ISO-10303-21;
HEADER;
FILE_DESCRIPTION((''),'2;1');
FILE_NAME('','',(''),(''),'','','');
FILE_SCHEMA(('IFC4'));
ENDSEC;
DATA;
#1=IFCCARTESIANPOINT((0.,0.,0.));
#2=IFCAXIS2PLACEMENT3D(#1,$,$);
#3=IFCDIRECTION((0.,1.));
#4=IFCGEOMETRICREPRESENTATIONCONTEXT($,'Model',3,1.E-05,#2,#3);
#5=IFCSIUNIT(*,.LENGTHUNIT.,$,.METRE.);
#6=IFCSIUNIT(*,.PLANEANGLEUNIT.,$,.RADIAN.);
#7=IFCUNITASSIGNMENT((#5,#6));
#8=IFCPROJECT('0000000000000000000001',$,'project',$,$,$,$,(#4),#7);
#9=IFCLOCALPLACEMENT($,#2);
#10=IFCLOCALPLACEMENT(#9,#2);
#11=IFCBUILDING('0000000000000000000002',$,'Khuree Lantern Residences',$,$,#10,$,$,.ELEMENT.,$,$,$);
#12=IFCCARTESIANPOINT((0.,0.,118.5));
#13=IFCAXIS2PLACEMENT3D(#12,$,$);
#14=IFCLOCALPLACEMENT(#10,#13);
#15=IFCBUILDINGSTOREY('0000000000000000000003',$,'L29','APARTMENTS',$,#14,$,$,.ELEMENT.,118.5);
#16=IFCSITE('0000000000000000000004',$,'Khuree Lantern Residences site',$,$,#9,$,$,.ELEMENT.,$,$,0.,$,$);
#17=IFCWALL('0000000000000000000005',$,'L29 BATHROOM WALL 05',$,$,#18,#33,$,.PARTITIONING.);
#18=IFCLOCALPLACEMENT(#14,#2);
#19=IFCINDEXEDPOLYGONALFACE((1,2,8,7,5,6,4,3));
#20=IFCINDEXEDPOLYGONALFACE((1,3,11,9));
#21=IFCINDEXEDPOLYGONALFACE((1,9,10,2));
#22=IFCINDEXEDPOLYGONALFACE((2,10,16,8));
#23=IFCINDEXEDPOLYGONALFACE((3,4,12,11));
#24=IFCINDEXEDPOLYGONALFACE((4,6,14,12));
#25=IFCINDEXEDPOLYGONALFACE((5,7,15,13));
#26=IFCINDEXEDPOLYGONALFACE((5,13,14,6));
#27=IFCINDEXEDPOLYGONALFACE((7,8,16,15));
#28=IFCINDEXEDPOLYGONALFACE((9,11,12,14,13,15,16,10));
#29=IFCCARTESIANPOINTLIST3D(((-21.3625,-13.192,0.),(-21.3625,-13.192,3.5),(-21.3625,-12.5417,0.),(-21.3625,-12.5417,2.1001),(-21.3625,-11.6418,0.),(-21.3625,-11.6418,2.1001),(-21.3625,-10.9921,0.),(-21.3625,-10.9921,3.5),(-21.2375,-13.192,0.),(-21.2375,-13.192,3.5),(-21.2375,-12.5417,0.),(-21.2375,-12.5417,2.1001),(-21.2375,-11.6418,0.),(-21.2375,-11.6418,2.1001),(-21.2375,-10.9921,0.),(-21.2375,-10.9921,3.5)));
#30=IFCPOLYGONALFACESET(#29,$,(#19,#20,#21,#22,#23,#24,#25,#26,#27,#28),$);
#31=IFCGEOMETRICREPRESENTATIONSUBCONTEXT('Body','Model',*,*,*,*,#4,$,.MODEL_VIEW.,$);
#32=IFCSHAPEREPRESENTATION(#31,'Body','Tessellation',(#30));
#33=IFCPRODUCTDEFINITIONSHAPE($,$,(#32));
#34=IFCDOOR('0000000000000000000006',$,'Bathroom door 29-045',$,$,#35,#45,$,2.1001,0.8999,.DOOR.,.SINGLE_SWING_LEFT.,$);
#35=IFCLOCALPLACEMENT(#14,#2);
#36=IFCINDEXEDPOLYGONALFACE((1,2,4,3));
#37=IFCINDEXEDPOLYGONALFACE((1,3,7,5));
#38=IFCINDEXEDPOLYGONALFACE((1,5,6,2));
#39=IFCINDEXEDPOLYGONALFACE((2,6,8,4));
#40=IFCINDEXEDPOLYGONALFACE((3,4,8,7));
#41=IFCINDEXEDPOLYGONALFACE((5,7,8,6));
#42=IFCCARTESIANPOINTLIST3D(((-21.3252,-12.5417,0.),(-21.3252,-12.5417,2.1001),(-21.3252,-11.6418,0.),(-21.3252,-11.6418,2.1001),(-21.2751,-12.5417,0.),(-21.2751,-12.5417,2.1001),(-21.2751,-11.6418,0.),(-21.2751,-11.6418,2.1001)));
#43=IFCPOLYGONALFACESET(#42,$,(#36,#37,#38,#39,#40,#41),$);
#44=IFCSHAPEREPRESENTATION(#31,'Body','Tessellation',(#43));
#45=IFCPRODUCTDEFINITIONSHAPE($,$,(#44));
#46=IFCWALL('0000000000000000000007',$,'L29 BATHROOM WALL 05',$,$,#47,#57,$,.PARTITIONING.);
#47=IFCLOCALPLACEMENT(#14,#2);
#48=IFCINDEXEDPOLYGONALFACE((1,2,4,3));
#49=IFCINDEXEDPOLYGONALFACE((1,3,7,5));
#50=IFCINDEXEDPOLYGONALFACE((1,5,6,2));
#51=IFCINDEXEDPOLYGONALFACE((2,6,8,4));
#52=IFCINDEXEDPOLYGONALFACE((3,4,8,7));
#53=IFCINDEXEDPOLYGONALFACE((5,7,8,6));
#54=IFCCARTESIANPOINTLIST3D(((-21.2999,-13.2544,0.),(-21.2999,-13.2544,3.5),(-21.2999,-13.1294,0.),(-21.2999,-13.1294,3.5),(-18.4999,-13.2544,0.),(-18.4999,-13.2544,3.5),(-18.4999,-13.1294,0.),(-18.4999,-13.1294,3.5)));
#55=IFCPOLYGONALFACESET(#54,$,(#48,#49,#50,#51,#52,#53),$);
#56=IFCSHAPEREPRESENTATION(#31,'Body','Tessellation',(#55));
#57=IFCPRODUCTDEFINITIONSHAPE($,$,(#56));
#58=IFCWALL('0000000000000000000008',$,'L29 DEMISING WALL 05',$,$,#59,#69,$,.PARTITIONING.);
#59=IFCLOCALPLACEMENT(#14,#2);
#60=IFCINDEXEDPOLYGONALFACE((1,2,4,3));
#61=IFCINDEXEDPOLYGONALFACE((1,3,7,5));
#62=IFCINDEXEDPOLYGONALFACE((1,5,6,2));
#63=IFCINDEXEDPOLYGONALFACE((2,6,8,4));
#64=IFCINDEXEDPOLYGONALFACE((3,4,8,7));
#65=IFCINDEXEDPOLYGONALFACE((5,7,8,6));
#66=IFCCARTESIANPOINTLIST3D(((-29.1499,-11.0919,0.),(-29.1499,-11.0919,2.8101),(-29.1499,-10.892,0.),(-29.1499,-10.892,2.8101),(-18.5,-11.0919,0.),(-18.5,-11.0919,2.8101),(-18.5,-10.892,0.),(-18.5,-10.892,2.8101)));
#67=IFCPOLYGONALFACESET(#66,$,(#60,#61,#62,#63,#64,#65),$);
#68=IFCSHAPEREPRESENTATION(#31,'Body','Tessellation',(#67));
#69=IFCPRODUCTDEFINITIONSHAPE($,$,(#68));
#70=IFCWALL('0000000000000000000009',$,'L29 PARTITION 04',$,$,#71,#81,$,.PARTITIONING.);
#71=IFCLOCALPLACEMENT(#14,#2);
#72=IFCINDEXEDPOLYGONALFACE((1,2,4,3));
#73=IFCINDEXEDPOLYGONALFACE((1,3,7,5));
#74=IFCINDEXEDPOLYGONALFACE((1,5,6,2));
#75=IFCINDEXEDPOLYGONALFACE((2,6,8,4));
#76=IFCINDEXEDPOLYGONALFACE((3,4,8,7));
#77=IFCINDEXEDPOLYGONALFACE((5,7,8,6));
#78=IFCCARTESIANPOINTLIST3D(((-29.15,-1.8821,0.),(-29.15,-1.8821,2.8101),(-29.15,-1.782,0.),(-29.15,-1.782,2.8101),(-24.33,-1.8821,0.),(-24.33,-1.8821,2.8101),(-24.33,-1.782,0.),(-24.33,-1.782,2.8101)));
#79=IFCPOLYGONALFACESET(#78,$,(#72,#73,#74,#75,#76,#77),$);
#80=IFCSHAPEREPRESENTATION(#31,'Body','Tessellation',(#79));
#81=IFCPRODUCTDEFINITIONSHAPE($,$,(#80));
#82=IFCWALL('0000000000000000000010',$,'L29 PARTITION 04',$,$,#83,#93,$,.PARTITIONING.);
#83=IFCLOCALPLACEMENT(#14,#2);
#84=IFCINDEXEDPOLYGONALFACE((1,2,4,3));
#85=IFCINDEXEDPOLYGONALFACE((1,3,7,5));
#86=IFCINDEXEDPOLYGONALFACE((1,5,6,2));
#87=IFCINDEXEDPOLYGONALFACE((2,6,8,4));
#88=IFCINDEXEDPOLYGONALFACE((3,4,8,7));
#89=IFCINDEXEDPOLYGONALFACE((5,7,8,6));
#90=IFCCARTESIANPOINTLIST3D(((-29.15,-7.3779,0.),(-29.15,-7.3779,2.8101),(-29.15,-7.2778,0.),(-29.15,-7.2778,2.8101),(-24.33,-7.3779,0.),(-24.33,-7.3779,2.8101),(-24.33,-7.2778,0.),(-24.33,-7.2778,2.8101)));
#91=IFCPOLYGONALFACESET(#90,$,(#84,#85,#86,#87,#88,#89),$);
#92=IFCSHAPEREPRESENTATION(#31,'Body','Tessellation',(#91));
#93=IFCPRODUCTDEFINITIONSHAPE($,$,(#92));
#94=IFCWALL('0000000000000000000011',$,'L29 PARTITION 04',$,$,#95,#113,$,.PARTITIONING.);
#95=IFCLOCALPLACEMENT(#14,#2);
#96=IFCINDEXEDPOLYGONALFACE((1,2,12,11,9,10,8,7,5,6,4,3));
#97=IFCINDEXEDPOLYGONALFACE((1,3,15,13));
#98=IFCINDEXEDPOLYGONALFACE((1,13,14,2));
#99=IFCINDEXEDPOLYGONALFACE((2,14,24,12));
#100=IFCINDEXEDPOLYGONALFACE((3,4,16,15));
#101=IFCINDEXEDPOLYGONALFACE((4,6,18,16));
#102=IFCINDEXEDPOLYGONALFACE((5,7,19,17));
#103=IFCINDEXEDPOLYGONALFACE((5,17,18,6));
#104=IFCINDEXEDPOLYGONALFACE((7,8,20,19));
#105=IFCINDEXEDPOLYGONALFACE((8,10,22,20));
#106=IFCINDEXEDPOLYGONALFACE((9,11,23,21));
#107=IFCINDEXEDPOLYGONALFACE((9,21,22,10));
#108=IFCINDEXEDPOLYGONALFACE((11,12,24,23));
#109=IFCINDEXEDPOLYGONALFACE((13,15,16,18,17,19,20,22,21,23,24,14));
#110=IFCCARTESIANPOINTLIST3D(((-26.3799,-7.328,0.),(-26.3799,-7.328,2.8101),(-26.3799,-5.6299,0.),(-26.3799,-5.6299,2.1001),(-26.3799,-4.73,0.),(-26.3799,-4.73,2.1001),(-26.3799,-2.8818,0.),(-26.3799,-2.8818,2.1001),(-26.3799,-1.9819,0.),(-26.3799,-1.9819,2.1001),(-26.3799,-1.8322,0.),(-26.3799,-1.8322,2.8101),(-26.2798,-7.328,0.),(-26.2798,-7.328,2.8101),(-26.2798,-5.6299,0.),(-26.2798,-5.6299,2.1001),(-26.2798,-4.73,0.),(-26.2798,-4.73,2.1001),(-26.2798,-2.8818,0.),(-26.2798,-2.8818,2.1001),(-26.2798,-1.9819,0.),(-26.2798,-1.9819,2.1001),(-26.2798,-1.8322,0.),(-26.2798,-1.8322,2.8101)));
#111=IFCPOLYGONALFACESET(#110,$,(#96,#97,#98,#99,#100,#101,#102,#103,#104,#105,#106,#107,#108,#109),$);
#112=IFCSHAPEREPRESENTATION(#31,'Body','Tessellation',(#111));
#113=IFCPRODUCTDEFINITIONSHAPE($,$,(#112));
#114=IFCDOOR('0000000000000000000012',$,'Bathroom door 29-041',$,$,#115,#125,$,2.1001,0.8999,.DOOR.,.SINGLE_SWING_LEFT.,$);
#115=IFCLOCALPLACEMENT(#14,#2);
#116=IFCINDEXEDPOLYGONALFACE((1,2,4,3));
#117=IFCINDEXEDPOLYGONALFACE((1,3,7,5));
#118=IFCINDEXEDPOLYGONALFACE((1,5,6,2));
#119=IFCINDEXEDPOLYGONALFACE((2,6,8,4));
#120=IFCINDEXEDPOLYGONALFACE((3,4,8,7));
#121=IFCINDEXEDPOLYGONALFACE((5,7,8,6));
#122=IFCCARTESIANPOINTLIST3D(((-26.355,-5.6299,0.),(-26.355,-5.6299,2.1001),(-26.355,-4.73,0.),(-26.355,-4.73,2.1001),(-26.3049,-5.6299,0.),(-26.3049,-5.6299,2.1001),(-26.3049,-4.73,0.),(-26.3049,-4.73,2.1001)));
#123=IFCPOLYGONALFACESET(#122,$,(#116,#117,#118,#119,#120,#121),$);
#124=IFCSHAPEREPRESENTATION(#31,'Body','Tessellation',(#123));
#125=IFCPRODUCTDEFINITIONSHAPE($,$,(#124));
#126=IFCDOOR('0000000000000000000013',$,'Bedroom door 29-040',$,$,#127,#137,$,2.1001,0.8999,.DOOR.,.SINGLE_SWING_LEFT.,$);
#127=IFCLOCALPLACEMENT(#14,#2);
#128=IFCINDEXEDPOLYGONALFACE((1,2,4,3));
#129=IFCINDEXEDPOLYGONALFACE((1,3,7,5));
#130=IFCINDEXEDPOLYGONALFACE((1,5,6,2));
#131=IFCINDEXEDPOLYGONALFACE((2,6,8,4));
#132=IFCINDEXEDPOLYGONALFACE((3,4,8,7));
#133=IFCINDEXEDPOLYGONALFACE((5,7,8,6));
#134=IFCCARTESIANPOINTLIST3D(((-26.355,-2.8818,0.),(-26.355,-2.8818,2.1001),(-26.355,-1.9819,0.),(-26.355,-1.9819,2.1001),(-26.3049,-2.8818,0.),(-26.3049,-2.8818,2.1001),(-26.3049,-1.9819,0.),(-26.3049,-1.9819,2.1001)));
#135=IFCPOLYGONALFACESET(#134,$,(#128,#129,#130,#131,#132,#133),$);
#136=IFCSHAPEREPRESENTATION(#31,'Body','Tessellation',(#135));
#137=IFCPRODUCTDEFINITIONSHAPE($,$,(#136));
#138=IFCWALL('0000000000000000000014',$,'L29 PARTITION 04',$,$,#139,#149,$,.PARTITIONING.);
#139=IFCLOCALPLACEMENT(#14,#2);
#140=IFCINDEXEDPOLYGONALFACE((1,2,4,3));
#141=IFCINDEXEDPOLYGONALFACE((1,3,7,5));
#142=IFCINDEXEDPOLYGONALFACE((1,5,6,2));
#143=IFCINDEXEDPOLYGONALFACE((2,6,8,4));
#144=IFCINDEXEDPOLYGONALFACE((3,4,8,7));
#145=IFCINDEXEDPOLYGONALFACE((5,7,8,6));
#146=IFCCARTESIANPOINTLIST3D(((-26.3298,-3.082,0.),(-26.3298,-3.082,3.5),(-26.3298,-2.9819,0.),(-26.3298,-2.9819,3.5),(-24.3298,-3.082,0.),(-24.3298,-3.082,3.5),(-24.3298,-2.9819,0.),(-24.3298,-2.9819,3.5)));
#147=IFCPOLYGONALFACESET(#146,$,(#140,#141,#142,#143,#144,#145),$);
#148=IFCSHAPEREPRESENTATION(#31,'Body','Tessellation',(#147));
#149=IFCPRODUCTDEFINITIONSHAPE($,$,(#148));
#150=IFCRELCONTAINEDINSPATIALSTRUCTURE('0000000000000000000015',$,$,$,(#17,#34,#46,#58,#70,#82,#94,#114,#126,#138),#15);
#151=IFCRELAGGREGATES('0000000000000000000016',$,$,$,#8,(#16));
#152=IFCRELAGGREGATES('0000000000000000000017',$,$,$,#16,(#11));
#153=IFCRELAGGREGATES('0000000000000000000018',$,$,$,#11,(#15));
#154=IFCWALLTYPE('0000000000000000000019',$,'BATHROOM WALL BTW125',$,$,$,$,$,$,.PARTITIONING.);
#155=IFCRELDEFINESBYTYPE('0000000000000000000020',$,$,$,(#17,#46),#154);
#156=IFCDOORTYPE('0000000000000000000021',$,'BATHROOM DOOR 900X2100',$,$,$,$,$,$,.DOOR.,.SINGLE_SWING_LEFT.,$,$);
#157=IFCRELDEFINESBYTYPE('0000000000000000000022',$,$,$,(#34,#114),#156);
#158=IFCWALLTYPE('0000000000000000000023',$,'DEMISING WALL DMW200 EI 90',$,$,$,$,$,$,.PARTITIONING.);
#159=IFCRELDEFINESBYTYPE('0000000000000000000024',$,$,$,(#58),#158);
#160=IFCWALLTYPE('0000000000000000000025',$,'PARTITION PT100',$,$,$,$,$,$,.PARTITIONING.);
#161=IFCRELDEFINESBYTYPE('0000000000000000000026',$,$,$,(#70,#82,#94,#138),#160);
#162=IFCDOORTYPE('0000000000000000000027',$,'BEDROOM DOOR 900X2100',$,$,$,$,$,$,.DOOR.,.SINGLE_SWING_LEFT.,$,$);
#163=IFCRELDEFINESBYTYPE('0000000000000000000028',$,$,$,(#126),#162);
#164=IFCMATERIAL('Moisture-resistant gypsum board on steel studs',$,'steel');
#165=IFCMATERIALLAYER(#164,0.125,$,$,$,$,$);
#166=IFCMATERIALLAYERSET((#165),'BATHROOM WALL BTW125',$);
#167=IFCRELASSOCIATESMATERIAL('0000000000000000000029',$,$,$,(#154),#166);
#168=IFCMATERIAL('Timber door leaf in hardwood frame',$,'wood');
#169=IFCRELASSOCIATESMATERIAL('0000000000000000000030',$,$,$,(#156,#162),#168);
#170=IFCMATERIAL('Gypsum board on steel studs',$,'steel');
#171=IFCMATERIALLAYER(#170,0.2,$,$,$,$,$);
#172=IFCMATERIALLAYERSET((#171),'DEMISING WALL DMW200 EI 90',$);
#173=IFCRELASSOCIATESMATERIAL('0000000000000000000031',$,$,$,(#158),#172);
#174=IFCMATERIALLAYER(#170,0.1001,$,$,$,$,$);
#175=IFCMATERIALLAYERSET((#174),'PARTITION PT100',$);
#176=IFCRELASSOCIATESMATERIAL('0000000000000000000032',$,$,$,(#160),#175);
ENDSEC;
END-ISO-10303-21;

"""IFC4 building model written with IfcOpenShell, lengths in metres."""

from ifc_helpers import new_model, si_unit, direction, frame, frame_2d, origin, place, context, subcontext, project, spatial, rectangle, extrude, material, layer, layer_set, type_object, element, fill, save


model = new_model("IFC4")

# Units and contexts
model_context = context("Model", 3, precision=1e-05, world=origin(), true_north=direction((0.0, 1.0)))
body_context = subcontext(model_context, "Body", "Model", "MODEL_VIEW")
ifc_project = project(units=[si_unit("LENGTHUNIT", "METRE"), si_unit("PLANEANGLEUNIT", "RADIAN")], contexts=[model_context])

# Site, building, storey
site_placement = place(None, origin())
site = spatial("IfcSite", under=ifc_project, at=site_placement, Name="Khuree Lantern Residences site", CompositionType="ELEMENT", RefElevation=0.0)
building_placement = place(site_placement, origin())
building = spatial("IfcBuilding", under=site, at=building_placement, Name="Khuree Lantern Residences", CompositionType="ELEMENT")
storey_placement = place(building_placement, frame((0.0, 0.0, 118.5)))
storey = spatial("IfcBuildingStorey", under=building, at=storey_placement, Name="L29", Description="APARTMENTS", CompositionType="ELEMENT", Elevation=118.5)

# Shared definitions
ifc_material_1 = material(Name="Moisture-resistant gypsum board on steel studs", Category="steel")
ifc_layer_1 = layer(ifc_material_1, 0.125)
ifc_layer_set_1 = layer_set([ifc_layer_1], Name="BATHROOM WALL BTW125")
wall_type_1 = type_object("IfcWallType", Name="BATHROOM WALL BTW125", PredefinedType="PARTITIONING", material=ifc_layer_set_1)

# Wall, opening, door
wall_1_placement = place(storey_placement, frame((-21.3, -10.9919, 0.0), z_axis=(0.0, 0.0, 1.0), x_axis=(0.0, -1.0, 0.0)))
wall_1 = element("IfcWall", 1, at=wall_1_placement, inside=storey, type_object=wall_type_1, Name="L29 BATHROOM WALL 05", PredefinedType="PARTITIONING", context=body_context, shape_type="SweptSolid", body=[
    extrude(rectangle(XDim=2.2, YDim=0.125, at=frame_2d((1.1001, 0.0))), origin(), (0.0, 0.0, 1.0), 3.5),
])
opening_1_placement = place(wall_1_placement, frame((0.6499, 0.0, 0.0)))
opening_1 = element("IfcOpeningElement", 2, at=opening_1_placement, cuts=wall_1, PredefinedType="OPENING", context=body_context, shape_type="SweptSolid", body=[
    extrude(rectangle(XDim=0.8999, YDim=2.1001, at=frame_2d((0.45, 1.05))), frame((0.0, 0.0725, 0.0), z_axis=(0.0, -1.0, 0.0), x_axis=(1.0, 0.0, 0.0)), (0.0, 0.0, 1.0), 0.145),
])
ifc_material_2 = material(Name="Timber door leaf in hardwood frame", Category="wood")
door_type_1 = type_object("IfcDoorType", Name="BATHROOM DOOR 900X2100", OperationType="SINGLE_SWING_LEFT", PredefinedType="DOOR", material=ifc_material_2)
door_1_placement = place(opening_1_placement, origin())
door_1 = element("IfcDoor", 3, at=door_1_placement, inside=storey, type_object=door_type_1, Name="Bathroom door 29-045", OperationType="SINGLE_SWING_LEFT", OverallHeight=2.1001, OverallWidth=0.8999, PredefinedType="DOOR", context=body_context, shape_type="SweptSolid", body=[
    extrude(rectangle(XDim=0.8999, YDim=2.1001, at=frame_2d((0.45, 1.05))), frame((0.0, 0.0249, 0.0), z_axis=(0.0, -1.0, 0.0), x_axis=(1.0, 0.0, 0.0)), (0.0, 0.0, 1.0), 0.05),
])
fill(opening_1, door_1)

# Walls
wall_2_placement = place(storey_placement, frame((-18.5, -13.1919, 0.0), z_axis=(0.0, 0.0, 1.0), x_axis=(-1.0, 0.0, 0.0)))
element("IfcWall", 4, at=wall_2_placement, inside=storey, type_object=wall_type_1, Name="L29 BATHROOM WALL 05", PredefinedType="PARTITIONING", context=body_context, shape_type="SweptSolid", body=[
    extrude(rectangle(XDim=2.8, YDim=0.125, at=frame_2d((1.3999, 0.0))), origin(), (0.0, 0.0, 1.0), 3.5),
])
ifc_material_3 = material(Name="Gypsum board on steel studs", Category="steel")
ifc_layer_2 = layer(ifc_material_3, 0.2)
ifc_layer_set_2 = layer_set([ifc_layer_2], Name="DEMISING WALL DMW200 EI 90")
wall_type_2 = type_object("IfcWallType", Name="DEMISING WALL DMW200 EI 90", PredefinedType="PARTITIONING", material=ifc_layer_set_2)
wall_3_placement = place(storey_placement, frame((-18.5, -10.9919, 0.0), z_axis=(0.0, 0.0, 1.0), x_axis=(-1.0, 0.0, 0.0)))
element("IfcWall", 5, at=wall_3_placement, inside=storey, type_object=wall_type_2, Name="L29 DEMISING WALL 05", PredefinedType="PARTITIONING", context=body_context, shape_type="SweptSolid", body=[
    extrude(rectangle(XDim=10.6499, YDim=0.2, at=frame_2d((5.325, 0.0))), origin(), (0.0, 0.0, 1.0), 2.8101),
])
ifc_layer_3 = layer(ifc_material_3, 0.1001)
ifc_layer_set_3 = layer_set([ifc_layer_3], Name="PARTITION PT100")
wall_type_3 = type_object("IfcWallType", Name="PARTITION PT100", PredefinedType="PARTITIONING", material=ifc_layer_set_3)
for number, where, z_axis, x_axis, name in (
    (6, (-24.3298, -1.832, 0.0), (0.0, 0.0, 1.0), (-1.0, 0.0, 0.0), "L29 PARTITION 04"),
    (7, (-24.3298, -7.3279, 0.0), (0.0, 0.0, 1.0), (-1.0, 0.0, 0.0), "L29 PARTITION 04"),
):
    element("IfcWall", number, at=place(storey_placement, frame(where, z_axis=z_axis, x_axis=x_axis)), inside=storey, type_object=wall_type_3, Name=name, PredefinedType="PARTITIONING", context=body_context, shape_type="SweptSolid", body=[
        extrude(rectangle(XDim=4.8201, YDim=0.1001, at=frame_2d((2.4102, 0.0))), origin(), (0.0, 0.0, 1.0), 2.8101),
    ])

# Wall, openings, doors
wall_4_placement = place(storey_placement, frame((-26.3298, -1.832, 0.0), z_axis=(0.0, 0.0, 1.0), x_axis=(0.0, -1.0, 0.0)))
wall_4 = element("IfcWall", 8, at=wall_4_placement, inside=storey, type_object=wall_type_3, Name="L29 PARTITION 04", PredefinedType="PARTITIONING", context=body_context, shape_type="SweptSolid", body=[
    extrude(rectangle(XDim=5.4958, YDim=0.1001, at=frame_2d((2.748, 0.0))), origin(), (0.0, 0.0, 1.0), 2.8101),
])
opening_2_placement = place(wall_4_placement, frame((0.1499, 0.0, 0.0)))
opening_2 = element("IfcOpeningElement", 9, at=opening_2_placement, cuts=wall_4, PredefinedType="OPENING", context=body_context, shape_type="SweptSolid", body=[
    extrude(rectangle(XDim=0.8999, YDim=2.1001, at=frame_2d((0.45, 1.05))), frame((0.0, 0.0601, 0.0), z_axis=(0.0, -1.0, 0.0), x_axis=(1.0, 0.0, 0.0)), (0.0, 0.0, 1.0), 0.1201),
])
opening_3_placement = place(wall_4_placement, frame((2.8979, 0.0, 0.0)))
opening_3 = element("IfcOpeningElement", 10, at=opening_3_placement, cuts=wall_4, PredefinedType="OPENING", context=body_context, shape_type="SweptSolid", body=[
    extrude(rectangle(XDim=0.8999, YDim=2.1001, at=frame_2d((0.45, 1.05))), frame((0.0, 0.0601, 0.0), z_axis=(0.0, -1.0, 0.0), x_axis=(1.0, 0.0, 0.0)), (0.0, 0.0, 1.0), 0.1201),
])
door_2_placement = place(opening_3_placement, origin())
door_2 = element("IfcDoor", 11, at=door_2_placement, inside=storey, type_object=door_type_1, Name="Bathroom door 29-041", OperationType="SINGLE_SWING_LEFT", OverallHeight=2.1001, OverallWidth=0.8999, PredefinedType="DOOR", context=body_context, shape_type="SweptSolid", body=[
    extrude(rectangle(XDim=0.8999, YDim=2.1001, at=frame_2d((0.45, 1.05))), frame((0.0, 0.0249, 0.0), z_axis=(0.0, -1.0, 0.0), x_axis=(1.0, 0.0, 0.0)), (0.0, 0.0, 1.0), 0.05),
])
fill(opening_3, door_2)
door_type_2 = type_object("IfcDoorType", Name="BEDROOM DOOR 900X2100", OperationType="SINGLE_SWING_LEFT", PredefinedType="DOOR", material=ifc_material_2)
door_3_placement = place(opening_2_placement, origin())
door_3 = element("IfcDoor", 12, at=door_3_placement, inside=storey, type_object=door_type_2, Name="Bedroom door 29-040", OperationType="SINGLE_SWING_LEFT", OverallHeight=2.1001, OverallWidth=0.8999, PredefinedType="DOOR", context=body_context, shape_type="SweptSolid", body=[
    extrude(rectangle(XDim=0.8999, YDim=2.1001, at=frame_2d((0.45, 1.05))), frame((0.0, 0.0249, 0.0), z_axis=(0.0, -1.0, 0.0), x_axis=(1.0, 0.0, 0.0)), (0.0, 0.0, 1.0), 0.05),
])
fill(opening_2, door_3)

# Wall
wall_5_placement = place(storey_placement, frame((-24.3298, -3.032, 0.0), z_axis=(0.0, 0.0, 1.0), x_axis=(-1.0, 0.0, 0.0)))
element("IfcWall", 13, at=wall_5_placement, inside=storey, type_object=wall_type_3, Name="L29 PARTITION 04", PredefinedType="PARTITIONING", context=body_context, shape_type="SweptSolid", body=[
    extrude(rectangle(XDim=2.0, YDim=0.1001, at=frame_2d((1.0, 0.0))), origin(), (0.0, 0.0, 1.0), 3.5),
])

save(model, "model.ifc")
